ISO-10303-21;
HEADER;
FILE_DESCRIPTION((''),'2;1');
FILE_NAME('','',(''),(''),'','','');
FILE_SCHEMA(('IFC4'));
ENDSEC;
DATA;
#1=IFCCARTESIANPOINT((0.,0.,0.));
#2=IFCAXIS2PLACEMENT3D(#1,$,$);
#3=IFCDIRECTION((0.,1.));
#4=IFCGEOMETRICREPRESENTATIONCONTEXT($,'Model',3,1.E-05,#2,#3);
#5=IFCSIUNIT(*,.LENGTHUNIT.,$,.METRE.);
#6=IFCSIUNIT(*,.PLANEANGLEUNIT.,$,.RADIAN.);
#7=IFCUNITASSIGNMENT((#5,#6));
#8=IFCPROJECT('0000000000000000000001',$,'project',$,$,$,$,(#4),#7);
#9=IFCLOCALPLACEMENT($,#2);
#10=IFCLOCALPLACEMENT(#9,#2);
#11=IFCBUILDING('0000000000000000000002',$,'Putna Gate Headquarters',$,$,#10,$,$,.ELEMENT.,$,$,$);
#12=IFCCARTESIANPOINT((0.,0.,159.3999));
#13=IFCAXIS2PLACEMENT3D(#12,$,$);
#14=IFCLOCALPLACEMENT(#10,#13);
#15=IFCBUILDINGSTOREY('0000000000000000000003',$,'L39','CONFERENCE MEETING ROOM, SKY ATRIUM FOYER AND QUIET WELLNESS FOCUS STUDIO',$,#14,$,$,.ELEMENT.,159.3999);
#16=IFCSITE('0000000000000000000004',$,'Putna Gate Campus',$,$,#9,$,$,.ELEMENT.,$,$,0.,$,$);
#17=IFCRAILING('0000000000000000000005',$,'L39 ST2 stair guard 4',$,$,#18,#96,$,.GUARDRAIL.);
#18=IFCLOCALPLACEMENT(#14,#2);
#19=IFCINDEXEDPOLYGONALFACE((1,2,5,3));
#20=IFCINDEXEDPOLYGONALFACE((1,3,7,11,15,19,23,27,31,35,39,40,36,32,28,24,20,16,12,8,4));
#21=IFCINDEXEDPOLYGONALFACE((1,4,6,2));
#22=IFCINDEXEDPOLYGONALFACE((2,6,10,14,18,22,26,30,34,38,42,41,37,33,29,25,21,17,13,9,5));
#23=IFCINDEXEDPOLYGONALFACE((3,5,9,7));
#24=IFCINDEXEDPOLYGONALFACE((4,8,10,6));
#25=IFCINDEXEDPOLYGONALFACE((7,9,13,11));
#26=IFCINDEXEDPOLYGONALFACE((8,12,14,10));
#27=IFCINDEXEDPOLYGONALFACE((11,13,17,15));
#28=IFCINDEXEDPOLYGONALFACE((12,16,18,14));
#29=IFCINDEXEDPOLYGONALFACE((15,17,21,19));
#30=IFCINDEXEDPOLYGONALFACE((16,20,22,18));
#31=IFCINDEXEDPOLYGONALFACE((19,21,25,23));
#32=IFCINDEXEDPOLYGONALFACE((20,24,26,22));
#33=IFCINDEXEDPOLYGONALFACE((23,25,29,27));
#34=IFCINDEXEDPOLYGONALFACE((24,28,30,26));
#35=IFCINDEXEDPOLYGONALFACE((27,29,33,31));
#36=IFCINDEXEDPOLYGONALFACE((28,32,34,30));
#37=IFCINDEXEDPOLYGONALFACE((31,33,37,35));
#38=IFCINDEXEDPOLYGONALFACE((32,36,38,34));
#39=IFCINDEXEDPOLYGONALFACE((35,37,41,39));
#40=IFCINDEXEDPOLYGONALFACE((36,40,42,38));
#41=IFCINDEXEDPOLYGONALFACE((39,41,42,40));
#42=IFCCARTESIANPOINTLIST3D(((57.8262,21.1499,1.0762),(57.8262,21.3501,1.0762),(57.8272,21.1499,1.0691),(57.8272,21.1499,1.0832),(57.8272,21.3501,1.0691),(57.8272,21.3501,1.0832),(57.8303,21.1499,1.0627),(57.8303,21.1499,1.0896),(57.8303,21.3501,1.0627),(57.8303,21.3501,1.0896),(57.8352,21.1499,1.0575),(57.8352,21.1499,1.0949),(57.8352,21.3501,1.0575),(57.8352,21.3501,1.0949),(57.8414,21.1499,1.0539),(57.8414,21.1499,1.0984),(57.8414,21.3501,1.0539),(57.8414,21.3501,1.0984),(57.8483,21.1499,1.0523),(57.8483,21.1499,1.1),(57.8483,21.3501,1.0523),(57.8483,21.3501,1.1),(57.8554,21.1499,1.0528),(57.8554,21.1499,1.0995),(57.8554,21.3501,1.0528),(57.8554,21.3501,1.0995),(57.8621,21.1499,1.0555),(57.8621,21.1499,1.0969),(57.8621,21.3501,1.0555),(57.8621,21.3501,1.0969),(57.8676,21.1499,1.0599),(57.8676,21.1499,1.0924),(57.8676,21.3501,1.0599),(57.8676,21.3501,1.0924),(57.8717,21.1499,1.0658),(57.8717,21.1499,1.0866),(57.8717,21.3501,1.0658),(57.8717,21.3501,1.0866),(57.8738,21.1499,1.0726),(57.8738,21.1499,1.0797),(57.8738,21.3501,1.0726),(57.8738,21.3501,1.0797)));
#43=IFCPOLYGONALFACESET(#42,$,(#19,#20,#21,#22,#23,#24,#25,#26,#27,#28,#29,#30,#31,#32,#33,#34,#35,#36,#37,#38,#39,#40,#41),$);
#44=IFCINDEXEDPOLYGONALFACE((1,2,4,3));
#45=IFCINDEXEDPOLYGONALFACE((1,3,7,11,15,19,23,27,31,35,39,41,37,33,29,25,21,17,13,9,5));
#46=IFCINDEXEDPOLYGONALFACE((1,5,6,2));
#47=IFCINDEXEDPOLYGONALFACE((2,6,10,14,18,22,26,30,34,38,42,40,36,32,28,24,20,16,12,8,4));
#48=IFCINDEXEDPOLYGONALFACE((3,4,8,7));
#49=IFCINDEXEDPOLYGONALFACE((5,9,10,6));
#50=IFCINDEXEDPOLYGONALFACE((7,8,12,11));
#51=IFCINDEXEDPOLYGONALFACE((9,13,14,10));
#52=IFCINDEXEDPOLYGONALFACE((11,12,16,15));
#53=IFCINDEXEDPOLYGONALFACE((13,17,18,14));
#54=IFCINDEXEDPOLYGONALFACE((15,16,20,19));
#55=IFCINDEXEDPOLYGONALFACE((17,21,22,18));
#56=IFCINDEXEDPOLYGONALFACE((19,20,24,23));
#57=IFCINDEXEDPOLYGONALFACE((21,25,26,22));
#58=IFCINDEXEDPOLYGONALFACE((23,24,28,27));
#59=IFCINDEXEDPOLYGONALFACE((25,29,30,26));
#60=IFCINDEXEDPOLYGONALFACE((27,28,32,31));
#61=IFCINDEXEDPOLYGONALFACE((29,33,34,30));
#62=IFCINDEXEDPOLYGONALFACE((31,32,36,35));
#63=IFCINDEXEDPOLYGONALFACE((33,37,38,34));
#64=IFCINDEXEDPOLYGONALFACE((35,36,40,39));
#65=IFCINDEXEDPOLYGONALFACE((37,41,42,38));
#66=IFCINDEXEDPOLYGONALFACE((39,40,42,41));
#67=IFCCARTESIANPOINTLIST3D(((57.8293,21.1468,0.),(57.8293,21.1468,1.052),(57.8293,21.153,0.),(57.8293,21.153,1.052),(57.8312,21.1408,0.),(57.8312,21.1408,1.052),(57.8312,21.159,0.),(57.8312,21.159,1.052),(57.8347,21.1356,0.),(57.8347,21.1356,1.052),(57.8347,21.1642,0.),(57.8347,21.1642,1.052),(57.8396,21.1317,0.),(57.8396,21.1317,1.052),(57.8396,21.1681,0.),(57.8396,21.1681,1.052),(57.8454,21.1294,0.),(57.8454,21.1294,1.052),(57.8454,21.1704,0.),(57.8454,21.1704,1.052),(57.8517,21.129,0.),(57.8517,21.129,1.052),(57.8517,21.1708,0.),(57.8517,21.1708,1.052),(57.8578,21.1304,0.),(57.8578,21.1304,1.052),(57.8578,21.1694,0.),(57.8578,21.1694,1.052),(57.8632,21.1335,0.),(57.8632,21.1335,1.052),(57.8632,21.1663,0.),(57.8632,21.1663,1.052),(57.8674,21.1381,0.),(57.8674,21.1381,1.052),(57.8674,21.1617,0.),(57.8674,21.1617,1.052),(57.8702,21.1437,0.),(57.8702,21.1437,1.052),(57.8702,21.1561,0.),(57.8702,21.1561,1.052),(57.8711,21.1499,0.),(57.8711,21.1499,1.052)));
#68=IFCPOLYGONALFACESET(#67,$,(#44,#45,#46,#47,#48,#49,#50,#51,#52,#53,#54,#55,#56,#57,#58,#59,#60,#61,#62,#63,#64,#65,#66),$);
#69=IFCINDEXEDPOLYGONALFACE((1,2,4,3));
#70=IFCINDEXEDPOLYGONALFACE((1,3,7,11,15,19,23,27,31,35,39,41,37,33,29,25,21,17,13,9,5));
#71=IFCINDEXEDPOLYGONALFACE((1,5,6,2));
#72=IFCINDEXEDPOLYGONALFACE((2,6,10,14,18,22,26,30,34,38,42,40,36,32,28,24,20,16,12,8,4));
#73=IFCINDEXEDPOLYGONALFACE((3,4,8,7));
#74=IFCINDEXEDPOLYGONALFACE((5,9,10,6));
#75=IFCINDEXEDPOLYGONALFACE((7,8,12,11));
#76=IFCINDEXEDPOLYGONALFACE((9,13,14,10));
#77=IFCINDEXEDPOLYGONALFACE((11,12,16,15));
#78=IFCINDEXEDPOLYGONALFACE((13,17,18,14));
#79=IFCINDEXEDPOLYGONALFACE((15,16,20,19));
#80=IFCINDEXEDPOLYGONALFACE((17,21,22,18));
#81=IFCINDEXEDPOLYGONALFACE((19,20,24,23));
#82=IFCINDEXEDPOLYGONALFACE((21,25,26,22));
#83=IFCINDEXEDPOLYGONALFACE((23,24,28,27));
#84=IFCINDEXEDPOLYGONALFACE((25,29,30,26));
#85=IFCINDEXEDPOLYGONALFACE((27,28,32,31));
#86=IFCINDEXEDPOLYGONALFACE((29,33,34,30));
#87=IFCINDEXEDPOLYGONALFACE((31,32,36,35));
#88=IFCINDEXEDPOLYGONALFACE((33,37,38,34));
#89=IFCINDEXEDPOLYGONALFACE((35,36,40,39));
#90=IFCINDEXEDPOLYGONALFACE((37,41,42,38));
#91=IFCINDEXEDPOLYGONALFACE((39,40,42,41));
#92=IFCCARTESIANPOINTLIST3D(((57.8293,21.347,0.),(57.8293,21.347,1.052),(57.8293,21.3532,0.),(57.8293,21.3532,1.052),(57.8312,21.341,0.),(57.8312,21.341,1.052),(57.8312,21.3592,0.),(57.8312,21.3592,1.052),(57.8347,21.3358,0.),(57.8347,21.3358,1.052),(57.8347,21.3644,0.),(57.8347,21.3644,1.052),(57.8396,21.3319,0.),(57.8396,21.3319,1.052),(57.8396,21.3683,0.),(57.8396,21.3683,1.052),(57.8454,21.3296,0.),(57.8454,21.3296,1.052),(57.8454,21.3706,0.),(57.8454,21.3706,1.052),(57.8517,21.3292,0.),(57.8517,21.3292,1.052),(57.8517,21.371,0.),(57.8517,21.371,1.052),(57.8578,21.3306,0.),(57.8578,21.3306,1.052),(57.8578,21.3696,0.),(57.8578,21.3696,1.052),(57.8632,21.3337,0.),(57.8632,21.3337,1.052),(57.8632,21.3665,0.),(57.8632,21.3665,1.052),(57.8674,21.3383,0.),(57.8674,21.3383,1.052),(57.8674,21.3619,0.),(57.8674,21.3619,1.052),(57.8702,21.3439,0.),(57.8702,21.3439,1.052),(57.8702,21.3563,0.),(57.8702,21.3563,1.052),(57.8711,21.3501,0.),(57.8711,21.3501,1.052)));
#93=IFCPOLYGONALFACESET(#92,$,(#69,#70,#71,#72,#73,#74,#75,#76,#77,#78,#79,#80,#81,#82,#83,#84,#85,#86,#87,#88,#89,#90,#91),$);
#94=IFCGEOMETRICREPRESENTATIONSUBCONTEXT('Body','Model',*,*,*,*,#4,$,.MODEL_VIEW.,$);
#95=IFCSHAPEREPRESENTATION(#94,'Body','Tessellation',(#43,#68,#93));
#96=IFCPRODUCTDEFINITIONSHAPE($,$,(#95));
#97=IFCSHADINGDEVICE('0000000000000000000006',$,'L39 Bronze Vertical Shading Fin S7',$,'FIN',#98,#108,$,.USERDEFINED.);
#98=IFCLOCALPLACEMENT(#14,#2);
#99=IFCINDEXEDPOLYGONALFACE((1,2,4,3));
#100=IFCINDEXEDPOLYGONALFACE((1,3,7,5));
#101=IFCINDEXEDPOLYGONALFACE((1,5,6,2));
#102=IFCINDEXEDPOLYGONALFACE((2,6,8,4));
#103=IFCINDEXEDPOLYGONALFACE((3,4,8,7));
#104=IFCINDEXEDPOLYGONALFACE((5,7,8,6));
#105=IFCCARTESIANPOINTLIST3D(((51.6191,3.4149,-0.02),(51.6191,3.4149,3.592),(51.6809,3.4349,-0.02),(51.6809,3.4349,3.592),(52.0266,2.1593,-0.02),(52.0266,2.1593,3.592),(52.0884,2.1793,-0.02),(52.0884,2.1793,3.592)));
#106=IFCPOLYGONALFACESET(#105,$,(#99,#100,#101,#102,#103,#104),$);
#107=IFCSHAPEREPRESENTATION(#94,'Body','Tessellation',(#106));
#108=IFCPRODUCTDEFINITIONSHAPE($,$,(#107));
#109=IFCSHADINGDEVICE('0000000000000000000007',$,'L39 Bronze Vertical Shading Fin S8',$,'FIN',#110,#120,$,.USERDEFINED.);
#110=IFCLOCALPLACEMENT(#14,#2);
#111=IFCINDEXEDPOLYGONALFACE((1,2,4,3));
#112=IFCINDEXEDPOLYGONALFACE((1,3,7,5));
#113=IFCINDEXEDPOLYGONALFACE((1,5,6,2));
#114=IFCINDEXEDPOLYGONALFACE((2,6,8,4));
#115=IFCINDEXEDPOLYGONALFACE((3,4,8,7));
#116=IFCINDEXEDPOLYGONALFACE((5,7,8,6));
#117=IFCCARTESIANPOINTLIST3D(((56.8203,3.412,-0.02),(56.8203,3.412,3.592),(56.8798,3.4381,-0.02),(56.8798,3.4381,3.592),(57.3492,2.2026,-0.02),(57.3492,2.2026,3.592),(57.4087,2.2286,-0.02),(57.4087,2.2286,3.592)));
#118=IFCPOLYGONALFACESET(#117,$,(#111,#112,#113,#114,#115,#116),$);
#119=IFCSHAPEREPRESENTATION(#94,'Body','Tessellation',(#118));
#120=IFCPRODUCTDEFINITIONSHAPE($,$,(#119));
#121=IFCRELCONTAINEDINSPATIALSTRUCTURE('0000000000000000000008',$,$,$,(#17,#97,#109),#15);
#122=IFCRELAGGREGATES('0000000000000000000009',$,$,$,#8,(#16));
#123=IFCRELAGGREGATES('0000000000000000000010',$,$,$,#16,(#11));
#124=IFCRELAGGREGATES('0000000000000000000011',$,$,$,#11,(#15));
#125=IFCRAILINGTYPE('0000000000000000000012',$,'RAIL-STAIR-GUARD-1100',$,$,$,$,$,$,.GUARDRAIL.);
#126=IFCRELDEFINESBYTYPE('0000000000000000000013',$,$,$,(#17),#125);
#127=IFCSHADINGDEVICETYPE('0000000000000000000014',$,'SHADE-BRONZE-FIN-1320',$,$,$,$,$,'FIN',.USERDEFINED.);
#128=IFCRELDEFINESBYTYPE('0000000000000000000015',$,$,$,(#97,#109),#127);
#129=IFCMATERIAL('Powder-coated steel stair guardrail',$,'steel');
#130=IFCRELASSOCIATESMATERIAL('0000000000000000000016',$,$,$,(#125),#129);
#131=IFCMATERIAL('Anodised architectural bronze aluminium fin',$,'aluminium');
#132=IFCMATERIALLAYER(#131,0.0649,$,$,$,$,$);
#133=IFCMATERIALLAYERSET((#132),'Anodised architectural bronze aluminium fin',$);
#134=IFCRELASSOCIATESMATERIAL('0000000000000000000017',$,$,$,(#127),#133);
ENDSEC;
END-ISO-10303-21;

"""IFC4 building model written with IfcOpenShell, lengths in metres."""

from ifc_helpers import new_model, si_unit, direction, frame, origin, origin_2d, place, context, subcontext, project, spatial, rectangle, circle, extrude, material, layer, layer_set, type_object, element, save


model = new_model("IFC4")

# Units and contexts
model_context = context("Model", 3, precision=1e-05, world=origin(), true_north=direction((0.0, 1.0)))
body_context = subcontext(model_context, "Body", "Model", "MODEL_VIEW")
ifc_project = project(units=[si_unit("LENGTHUNIT", "METRE"), si_unit("PLANEANGLEUNIT", "RADIAN")], contexts=[model_context])

# Site, building, storey
site_placement = place(None, origin())
site = spatial("IfcSite", under=ifc_project, at=site_placement, Name="Putna Gate Campus", CompositionType="ELEMENT", RefElevation=0.0)
building_placement = place(site_placement, origin())
building = spatial("IfcBuilding", under=site, at=building_placement, Name="Putna Gate Headquarters", CompositionType="ELEMENT")
storey_placement = place(building_placement, frame((0.0, 0.0, 159.3999)))
storey = spatial("IfcBuildingStorey", under=building, at=storey_placement, Name="L39", Description="CONFERENCE MEETING ROOM, SKY ATRIUM FOYER AND QUIET WELLNESS FOCUS STUDIO", CompositionType="ELEMENT", Elevation=159.3999)

# Railing
ifc_material_1 = material(Name="Powder-coated steel stair guardrail", Category="steel")
railing_type = type_object("IfcRailingType", Name="RAIL-STAIR-GUARD-1100", PredefinedType="GUARDRAIL", material=ifc_material_1)
railing_placement = place(storey_placement, frame((57.8501, 21.1499, 0.0)))
element("IfcRailing", 1, at=railing_placement, inside=storey, type_object=railing_type, Name="L39 ST2 stair guard 4", PredefinedType="GUARDRAIL", context=body_context, shape_type="SweptSolid", body=[
    extrude(circle(Radius=0.0239, at=origin_2d()), frame((0.0, 0.0, 1.0762), z_axis=(0.0, 1.0, 0.0), x_axis=(-1.0, 0.0, 0.0)), (0.0, 0.0, 1.0), 0.2002),
    extrude(circle(Radius=0.021, at=origin_2d()), origin(), (0.0, 0.0, 1.0), 1.052),
    extrude(circle(Radius=0.021, at=origin_2d()), frame((0.0, 0.2002, 0.0)), (0.0, 0.0, 1.0), 1.052),
])

# Shading devices
ifc_material_2 = material(Name="Anodised architectural bronze aluminium fin", Category="aluminium")
ifc_layer_1 = layer(ifc_material_2, 0.0649)
ifc_layer_set_1 = layer_set([ifc_layer_1], Name="Anodised architectural bronze aluminium fin")
shading_device_type = type_object("IfcShadingDeviceType", Name="SHADE-BRONZE-FIN-1320", ElementType="FIN", PredefinedType="USERDEFINED", material=ifc_layer_set_1)
for number, where, z_axis, x_axis, name in (
    (2, (51.8538, 2.7971, -0.02), (0.0, 0.0, 1.0), (0.308685, -0.951164, 0.0), "L39 Bronze Vertical Shading Fin S7"),
    (3, (57.1145, 2.8203, -0.02), (0.0, 0.0, 1.0), (0.400669, -0.916223, 0.0), "L39 Bronze Vertical Shading Fin S8"),
):
    element("IfcShadingDevice", number, at=place(storey_placement, frame(where, z_axis=z_axis, x_axis=x_axis)), inside=storey, type_object=shading_device_type, Name=name, ObjectType="FIN", PredefinedType="USERDEFINED", context=body_context, shape_type="SweptSolid", body=[
        extrude(rectangle(XDim=1.3201, YDim=0.0649, at=origin_2d()), origin(), (0.0, 0.0, 1.0), 3.6121),
    ])

save(model, "model.ifc")
